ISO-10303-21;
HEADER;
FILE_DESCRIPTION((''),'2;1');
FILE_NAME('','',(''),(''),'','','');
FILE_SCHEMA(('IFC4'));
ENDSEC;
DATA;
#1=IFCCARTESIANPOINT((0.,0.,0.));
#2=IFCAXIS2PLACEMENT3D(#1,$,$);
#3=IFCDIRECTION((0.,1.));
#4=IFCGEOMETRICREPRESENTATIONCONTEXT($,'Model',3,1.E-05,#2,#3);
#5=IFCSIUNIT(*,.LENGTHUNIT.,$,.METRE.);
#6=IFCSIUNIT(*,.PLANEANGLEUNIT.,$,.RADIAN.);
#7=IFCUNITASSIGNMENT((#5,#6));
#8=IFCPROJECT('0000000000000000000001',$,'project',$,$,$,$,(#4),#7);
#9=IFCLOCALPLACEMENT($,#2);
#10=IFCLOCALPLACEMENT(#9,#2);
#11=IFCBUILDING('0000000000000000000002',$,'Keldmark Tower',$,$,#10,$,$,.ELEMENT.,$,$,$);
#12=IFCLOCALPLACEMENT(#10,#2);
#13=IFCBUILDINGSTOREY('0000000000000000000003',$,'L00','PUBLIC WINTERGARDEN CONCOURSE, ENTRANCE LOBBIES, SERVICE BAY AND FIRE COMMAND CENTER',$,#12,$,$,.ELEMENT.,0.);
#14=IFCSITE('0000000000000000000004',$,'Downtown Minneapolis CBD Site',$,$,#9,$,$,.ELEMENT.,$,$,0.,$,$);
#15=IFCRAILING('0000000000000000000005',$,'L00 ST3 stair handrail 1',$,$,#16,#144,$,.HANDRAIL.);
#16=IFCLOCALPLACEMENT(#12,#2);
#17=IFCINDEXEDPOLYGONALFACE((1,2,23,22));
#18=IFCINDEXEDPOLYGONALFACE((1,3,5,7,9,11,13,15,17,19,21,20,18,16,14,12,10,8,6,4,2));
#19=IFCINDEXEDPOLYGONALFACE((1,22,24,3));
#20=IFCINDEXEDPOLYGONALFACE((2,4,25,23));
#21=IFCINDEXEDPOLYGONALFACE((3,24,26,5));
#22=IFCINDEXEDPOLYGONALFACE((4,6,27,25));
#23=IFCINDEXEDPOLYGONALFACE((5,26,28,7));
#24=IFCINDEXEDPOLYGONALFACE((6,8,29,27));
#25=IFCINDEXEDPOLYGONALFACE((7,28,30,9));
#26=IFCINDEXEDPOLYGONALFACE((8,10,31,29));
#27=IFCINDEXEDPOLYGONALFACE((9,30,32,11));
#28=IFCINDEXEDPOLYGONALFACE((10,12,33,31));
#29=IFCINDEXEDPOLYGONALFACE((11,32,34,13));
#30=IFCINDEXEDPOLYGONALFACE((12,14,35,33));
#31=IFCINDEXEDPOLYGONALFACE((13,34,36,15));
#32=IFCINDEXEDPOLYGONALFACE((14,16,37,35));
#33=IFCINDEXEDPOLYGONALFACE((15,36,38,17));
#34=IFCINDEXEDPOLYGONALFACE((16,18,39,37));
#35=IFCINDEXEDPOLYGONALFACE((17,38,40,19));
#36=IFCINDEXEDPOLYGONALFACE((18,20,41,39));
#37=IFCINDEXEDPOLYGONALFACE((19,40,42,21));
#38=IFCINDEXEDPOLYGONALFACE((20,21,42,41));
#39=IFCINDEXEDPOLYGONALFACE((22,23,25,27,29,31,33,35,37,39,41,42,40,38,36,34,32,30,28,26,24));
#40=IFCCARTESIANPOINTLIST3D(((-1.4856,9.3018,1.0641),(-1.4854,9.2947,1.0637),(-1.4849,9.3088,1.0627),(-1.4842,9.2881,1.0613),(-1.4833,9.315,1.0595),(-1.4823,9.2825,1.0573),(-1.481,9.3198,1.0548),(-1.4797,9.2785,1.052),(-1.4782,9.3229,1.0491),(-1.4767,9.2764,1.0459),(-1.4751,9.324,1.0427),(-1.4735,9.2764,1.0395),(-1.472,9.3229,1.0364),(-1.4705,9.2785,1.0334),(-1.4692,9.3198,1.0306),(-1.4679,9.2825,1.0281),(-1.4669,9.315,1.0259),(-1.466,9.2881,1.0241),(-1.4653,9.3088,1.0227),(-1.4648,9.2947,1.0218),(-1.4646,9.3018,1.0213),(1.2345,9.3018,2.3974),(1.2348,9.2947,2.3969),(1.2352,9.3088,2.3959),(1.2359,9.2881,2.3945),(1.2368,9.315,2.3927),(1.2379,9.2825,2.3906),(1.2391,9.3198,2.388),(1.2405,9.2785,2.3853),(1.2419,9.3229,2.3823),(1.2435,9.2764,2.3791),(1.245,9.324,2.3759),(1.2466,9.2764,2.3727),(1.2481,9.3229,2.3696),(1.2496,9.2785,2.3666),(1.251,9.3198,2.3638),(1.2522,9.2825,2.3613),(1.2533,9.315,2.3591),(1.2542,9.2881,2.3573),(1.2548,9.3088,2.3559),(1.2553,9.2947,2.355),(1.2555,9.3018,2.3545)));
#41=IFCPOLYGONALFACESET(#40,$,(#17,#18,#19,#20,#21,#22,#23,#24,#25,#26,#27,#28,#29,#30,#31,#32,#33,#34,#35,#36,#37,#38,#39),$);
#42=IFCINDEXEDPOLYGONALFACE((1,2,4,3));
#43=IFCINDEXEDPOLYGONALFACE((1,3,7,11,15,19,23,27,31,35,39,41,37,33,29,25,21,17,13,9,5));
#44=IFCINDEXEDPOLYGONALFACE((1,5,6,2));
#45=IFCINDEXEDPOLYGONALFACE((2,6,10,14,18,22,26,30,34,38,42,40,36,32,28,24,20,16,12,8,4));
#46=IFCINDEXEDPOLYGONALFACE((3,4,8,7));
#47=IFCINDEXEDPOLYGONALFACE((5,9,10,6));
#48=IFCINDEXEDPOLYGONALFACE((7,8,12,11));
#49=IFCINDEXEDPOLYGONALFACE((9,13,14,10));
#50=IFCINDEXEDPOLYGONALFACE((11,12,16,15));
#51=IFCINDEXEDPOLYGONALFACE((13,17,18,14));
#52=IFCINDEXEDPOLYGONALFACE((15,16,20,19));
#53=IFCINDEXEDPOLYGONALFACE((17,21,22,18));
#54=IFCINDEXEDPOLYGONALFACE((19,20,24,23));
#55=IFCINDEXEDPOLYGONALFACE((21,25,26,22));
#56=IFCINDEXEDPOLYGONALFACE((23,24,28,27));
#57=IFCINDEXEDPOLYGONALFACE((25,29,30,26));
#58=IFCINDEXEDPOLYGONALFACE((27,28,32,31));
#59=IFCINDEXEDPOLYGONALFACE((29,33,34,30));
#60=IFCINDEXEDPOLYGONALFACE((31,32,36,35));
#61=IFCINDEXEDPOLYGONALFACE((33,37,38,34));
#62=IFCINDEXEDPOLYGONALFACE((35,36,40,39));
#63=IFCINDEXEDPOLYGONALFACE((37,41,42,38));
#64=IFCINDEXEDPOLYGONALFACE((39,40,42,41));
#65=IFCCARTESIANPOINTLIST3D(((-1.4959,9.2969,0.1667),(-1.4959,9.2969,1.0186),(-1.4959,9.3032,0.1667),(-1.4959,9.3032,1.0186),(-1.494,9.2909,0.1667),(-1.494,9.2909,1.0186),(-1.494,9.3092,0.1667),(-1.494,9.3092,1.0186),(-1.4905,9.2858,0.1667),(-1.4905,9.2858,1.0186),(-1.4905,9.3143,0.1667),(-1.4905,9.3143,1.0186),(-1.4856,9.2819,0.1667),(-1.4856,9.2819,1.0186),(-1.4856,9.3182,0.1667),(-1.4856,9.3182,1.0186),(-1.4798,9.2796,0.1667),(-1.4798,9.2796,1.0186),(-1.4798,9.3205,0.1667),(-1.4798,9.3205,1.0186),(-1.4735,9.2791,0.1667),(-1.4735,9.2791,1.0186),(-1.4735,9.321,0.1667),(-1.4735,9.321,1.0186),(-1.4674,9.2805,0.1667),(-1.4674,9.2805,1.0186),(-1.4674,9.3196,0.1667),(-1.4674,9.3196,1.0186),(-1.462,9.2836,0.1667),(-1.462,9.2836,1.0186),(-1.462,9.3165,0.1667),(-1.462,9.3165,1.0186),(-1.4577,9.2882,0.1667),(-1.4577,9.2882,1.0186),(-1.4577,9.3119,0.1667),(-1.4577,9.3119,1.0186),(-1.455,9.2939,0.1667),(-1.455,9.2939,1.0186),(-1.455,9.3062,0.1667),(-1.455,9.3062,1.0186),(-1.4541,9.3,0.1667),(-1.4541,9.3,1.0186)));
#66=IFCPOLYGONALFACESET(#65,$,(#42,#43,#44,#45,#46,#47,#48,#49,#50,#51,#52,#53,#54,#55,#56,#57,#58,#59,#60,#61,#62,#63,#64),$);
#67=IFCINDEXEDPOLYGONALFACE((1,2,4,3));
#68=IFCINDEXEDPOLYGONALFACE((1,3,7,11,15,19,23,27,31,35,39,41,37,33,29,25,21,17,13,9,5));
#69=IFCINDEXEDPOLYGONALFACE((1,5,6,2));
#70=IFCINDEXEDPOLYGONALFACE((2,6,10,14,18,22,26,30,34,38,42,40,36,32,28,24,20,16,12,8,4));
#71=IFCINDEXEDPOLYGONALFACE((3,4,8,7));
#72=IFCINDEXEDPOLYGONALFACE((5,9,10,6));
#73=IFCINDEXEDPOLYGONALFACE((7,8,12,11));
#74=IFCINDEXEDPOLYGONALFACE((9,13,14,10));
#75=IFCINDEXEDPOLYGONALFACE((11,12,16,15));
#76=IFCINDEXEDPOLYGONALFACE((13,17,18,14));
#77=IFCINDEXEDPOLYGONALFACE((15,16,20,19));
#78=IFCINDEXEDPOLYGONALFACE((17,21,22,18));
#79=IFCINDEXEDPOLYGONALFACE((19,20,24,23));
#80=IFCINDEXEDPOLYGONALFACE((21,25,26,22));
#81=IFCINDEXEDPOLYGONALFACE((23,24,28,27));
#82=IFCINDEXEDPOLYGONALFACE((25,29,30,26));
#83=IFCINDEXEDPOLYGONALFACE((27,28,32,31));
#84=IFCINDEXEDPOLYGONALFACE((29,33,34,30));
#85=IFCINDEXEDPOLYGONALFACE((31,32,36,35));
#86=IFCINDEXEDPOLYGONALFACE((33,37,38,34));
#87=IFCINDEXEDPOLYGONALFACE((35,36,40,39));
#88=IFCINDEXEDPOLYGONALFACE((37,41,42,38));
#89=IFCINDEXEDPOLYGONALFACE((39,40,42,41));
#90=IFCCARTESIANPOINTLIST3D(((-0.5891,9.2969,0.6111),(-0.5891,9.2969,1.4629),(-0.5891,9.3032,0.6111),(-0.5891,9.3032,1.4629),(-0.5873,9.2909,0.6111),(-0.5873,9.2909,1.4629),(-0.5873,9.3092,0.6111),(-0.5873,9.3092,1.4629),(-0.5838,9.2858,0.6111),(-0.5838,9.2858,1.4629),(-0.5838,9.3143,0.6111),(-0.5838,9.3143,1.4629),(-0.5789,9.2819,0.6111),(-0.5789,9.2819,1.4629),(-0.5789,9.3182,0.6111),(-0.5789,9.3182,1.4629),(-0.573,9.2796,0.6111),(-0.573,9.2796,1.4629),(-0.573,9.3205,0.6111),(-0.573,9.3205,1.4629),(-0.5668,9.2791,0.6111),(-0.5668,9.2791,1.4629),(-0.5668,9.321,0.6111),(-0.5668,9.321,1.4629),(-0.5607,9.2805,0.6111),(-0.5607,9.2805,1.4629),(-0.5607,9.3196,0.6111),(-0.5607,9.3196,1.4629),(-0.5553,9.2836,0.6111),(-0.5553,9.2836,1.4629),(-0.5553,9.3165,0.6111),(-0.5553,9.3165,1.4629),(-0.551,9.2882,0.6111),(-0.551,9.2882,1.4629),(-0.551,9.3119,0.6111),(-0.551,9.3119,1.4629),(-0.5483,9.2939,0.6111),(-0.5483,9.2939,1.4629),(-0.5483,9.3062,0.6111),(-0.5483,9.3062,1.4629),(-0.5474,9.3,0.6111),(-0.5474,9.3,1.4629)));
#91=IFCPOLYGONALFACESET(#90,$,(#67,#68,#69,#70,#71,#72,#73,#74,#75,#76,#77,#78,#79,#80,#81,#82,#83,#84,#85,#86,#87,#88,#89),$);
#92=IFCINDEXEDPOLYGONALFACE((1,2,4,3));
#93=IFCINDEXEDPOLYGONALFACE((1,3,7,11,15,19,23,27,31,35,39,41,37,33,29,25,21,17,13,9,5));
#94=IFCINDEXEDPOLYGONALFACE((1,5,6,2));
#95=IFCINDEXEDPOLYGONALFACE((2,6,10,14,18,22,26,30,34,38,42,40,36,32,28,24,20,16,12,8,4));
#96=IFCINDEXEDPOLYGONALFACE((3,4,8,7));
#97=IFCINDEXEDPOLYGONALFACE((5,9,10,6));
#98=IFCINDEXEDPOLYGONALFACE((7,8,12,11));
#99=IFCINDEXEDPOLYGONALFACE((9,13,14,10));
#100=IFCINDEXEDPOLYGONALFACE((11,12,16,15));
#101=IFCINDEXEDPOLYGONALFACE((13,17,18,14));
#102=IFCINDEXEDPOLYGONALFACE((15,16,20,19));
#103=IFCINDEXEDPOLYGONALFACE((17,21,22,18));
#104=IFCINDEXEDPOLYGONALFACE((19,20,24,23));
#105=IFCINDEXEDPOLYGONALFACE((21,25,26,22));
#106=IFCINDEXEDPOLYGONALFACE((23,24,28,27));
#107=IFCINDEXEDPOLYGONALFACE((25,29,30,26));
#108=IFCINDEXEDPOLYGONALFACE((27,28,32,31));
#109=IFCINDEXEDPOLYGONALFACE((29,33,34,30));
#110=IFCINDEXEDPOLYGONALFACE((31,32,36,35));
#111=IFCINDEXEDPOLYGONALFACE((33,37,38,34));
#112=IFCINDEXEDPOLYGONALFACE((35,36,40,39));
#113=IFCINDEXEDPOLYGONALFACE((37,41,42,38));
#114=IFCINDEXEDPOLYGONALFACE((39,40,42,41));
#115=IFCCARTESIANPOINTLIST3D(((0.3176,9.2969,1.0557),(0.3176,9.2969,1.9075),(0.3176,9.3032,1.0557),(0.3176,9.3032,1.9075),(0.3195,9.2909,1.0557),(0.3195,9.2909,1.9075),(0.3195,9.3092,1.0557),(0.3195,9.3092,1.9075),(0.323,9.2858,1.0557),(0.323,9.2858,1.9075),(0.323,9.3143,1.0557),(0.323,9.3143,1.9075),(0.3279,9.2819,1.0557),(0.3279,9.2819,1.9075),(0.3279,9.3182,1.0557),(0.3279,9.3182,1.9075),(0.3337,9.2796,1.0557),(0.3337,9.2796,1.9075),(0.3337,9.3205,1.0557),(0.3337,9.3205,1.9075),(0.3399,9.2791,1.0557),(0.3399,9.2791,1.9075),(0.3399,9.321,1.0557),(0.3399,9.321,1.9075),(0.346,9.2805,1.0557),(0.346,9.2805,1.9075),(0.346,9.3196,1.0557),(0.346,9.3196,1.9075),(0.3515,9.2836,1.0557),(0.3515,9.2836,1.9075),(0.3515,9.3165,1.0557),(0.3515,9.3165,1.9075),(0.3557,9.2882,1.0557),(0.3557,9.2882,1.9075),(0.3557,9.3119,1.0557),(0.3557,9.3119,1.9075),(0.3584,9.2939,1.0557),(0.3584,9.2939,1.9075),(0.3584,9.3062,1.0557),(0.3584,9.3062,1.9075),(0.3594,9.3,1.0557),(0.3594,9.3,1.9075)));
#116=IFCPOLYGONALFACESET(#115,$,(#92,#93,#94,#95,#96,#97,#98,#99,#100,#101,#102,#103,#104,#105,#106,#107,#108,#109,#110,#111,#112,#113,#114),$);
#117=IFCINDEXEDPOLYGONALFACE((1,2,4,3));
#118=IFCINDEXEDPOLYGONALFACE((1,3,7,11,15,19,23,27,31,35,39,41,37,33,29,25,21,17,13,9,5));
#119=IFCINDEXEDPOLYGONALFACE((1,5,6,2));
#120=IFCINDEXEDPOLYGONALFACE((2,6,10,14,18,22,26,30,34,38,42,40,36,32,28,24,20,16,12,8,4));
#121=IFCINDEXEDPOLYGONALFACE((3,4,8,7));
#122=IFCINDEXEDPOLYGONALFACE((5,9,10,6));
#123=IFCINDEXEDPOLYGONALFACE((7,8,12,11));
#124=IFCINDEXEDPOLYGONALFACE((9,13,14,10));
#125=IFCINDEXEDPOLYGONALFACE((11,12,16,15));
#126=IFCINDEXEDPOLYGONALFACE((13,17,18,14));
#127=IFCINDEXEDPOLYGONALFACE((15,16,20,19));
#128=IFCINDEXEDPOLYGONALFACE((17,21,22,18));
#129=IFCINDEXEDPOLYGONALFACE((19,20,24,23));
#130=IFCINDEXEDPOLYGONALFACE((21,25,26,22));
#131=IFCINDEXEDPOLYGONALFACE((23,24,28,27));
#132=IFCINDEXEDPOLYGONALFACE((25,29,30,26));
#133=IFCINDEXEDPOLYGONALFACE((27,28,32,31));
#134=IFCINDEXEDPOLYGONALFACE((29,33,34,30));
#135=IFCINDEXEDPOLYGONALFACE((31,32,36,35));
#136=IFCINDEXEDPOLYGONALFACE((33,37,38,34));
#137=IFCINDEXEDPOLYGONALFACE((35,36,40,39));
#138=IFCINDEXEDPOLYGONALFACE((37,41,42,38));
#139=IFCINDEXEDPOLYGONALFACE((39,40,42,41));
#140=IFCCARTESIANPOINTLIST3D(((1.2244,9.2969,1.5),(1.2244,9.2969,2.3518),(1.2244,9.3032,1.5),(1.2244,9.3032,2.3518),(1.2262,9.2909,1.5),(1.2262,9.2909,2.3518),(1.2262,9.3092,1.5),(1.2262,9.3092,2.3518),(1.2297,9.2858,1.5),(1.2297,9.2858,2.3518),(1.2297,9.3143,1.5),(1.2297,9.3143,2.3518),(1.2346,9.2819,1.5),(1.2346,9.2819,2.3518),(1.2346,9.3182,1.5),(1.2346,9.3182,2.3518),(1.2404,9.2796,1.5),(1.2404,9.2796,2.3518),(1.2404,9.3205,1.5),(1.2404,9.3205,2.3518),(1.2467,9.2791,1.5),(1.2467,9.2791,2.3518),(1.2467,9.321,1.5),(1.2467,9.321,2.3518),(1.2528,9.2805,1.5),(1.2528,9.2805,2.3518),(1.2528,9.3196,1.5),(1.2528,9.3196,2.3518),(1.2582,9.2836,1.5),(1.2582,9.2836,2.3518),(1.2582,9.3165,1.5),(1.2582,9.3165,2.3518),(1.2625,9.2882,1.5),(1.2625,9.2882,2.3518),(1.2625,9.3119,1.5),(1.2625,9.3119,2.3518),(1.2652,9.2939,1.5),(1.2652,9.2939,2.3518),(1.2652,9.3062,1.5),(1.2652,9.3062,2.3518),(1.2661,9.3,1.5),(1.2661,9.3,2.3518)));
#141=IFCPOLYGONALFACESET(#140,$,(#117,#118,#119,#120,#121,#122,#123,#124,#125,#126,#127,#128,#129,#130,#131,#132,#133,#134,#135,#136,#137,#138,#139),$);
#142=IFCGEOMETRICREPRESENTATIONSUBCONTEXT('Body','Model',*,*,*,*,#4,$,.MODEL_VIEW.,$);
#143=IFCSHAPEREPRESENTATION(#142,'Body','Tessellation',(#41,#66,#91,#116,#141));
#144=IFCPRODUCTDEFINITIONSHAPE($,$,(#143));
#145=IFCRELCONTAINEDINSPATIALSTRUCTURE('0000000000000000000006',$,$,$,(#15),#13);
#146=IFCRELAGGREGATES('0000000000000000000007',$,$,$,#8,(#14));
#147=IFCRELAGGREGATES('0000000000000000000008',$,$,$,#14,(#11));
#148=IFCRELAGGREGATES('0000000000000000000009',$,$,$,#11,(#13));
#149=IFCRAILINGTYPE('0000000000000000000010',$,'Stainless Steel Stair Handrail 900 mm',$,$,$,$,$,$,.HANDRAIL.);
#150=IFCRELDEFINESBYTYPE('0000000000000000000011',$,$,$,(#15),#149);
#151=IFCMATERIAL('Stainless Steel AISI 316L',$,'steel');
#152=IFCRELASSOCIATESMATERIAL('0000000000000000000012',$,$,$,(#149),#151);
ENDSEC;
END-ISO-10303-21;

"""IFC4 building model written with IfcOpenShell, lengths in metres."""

from ifc_helpers import new_model, si_unit, direction, frame, origin, origin_2d, place, context, subcontext, project, spatial, circle, extrude, material, type_object, element, save


model = new_model("IFC4")

# Units and contexts
model_context = context("Model", 3, precision=1e-05, world=origin(), true_north=direction((0.0, 1.0)))
body_context = subcontext(model_context, "Body", "Model", "MODEL_VIEW")
ifc_project = project(units=[si_unit("LENGTHUNIT", "METRE"), si_unit("PLANEANGLEUNIT", "RADIAN")], contexts=[model_context])

# Site, building, storey
site_placement = place(None, origin())
site = spatial("IfcSite", under=ifc_project, at=site_placement, Name="Downtown Minneapolis CBD Site", CompositionType="ELEMENT", RefElevation=0.0)
building_placement = place(site_placement, origin())
building = spatial("IfcBuilding", under=site, at=building_placement, Name="Keldmark Tower", CompositionType="ELEMENT")
storey_placement = place(building_placement, origin())
storey = spatial("IfcBuildingStorey", under=building, at=storey_placement, Name="L00", Description="PUBLIC WINTERGARDEN CONCOURSE, ENTRANCE LOBBIES, SERVICE BAY AND FIRE COMMAND CENTER", CompositionType="ELEMENT", Elevation=0.0)

# Railing
ifc_material_1 = material(Name="Stainless Steel AISI 316L", Category="steel")
railing_type = type_object("IfcRailingType", Name="Stainless Steel Stair Handrail 900 mm", PredefinedType="HANDRAIL", material=ifc_material_1)
for number, where, name in (
    (1, (-1.4751, 9.3, 0.1667), "L00 ST3 stair handrail 1"),
):
    element("IfcRailing", number, at=place(storey_placement, frame(where)), inside=storey, type_object=railing_type, Name=name, PredefinedType="HANDRAIL", context=body_context, shape_type="SweptSolid", body=[
        extrude(circle(Radius=0.0239, at=origin_2d()), frame((0.0, 0.0, 0.876), z_axis=(0.897945, 0.0, 0.440108), x_axis=(0.0, 1.0, 0.0)), (0.0, 0.0, 1.0), 3.0293),
        extrude(circle(Radius=0.021, at=origin_2d()), origin(), (0.0, 0.0, 1.0), 0.8518),
        extrude(circle(Radius=0.021, at=origin_2d()), frame((0.9067, 0.0, 0.4443)), (0.0, 0.0, 1.0), 0.8518),
        extrude(circle(Radius=0.021, at=origin_2d()), frame((1.8135, 0.0, 0.8889)), (0.0, 0.0, 1.0), 0.8518),
        extrude(circle(Radius=0.021, at=origin_2d()), frame((2.7202, 0.0, 1.3333)), (0.0, 0.0, 1.0), 0.8518),
    ])

save(model, "model.ifc")
